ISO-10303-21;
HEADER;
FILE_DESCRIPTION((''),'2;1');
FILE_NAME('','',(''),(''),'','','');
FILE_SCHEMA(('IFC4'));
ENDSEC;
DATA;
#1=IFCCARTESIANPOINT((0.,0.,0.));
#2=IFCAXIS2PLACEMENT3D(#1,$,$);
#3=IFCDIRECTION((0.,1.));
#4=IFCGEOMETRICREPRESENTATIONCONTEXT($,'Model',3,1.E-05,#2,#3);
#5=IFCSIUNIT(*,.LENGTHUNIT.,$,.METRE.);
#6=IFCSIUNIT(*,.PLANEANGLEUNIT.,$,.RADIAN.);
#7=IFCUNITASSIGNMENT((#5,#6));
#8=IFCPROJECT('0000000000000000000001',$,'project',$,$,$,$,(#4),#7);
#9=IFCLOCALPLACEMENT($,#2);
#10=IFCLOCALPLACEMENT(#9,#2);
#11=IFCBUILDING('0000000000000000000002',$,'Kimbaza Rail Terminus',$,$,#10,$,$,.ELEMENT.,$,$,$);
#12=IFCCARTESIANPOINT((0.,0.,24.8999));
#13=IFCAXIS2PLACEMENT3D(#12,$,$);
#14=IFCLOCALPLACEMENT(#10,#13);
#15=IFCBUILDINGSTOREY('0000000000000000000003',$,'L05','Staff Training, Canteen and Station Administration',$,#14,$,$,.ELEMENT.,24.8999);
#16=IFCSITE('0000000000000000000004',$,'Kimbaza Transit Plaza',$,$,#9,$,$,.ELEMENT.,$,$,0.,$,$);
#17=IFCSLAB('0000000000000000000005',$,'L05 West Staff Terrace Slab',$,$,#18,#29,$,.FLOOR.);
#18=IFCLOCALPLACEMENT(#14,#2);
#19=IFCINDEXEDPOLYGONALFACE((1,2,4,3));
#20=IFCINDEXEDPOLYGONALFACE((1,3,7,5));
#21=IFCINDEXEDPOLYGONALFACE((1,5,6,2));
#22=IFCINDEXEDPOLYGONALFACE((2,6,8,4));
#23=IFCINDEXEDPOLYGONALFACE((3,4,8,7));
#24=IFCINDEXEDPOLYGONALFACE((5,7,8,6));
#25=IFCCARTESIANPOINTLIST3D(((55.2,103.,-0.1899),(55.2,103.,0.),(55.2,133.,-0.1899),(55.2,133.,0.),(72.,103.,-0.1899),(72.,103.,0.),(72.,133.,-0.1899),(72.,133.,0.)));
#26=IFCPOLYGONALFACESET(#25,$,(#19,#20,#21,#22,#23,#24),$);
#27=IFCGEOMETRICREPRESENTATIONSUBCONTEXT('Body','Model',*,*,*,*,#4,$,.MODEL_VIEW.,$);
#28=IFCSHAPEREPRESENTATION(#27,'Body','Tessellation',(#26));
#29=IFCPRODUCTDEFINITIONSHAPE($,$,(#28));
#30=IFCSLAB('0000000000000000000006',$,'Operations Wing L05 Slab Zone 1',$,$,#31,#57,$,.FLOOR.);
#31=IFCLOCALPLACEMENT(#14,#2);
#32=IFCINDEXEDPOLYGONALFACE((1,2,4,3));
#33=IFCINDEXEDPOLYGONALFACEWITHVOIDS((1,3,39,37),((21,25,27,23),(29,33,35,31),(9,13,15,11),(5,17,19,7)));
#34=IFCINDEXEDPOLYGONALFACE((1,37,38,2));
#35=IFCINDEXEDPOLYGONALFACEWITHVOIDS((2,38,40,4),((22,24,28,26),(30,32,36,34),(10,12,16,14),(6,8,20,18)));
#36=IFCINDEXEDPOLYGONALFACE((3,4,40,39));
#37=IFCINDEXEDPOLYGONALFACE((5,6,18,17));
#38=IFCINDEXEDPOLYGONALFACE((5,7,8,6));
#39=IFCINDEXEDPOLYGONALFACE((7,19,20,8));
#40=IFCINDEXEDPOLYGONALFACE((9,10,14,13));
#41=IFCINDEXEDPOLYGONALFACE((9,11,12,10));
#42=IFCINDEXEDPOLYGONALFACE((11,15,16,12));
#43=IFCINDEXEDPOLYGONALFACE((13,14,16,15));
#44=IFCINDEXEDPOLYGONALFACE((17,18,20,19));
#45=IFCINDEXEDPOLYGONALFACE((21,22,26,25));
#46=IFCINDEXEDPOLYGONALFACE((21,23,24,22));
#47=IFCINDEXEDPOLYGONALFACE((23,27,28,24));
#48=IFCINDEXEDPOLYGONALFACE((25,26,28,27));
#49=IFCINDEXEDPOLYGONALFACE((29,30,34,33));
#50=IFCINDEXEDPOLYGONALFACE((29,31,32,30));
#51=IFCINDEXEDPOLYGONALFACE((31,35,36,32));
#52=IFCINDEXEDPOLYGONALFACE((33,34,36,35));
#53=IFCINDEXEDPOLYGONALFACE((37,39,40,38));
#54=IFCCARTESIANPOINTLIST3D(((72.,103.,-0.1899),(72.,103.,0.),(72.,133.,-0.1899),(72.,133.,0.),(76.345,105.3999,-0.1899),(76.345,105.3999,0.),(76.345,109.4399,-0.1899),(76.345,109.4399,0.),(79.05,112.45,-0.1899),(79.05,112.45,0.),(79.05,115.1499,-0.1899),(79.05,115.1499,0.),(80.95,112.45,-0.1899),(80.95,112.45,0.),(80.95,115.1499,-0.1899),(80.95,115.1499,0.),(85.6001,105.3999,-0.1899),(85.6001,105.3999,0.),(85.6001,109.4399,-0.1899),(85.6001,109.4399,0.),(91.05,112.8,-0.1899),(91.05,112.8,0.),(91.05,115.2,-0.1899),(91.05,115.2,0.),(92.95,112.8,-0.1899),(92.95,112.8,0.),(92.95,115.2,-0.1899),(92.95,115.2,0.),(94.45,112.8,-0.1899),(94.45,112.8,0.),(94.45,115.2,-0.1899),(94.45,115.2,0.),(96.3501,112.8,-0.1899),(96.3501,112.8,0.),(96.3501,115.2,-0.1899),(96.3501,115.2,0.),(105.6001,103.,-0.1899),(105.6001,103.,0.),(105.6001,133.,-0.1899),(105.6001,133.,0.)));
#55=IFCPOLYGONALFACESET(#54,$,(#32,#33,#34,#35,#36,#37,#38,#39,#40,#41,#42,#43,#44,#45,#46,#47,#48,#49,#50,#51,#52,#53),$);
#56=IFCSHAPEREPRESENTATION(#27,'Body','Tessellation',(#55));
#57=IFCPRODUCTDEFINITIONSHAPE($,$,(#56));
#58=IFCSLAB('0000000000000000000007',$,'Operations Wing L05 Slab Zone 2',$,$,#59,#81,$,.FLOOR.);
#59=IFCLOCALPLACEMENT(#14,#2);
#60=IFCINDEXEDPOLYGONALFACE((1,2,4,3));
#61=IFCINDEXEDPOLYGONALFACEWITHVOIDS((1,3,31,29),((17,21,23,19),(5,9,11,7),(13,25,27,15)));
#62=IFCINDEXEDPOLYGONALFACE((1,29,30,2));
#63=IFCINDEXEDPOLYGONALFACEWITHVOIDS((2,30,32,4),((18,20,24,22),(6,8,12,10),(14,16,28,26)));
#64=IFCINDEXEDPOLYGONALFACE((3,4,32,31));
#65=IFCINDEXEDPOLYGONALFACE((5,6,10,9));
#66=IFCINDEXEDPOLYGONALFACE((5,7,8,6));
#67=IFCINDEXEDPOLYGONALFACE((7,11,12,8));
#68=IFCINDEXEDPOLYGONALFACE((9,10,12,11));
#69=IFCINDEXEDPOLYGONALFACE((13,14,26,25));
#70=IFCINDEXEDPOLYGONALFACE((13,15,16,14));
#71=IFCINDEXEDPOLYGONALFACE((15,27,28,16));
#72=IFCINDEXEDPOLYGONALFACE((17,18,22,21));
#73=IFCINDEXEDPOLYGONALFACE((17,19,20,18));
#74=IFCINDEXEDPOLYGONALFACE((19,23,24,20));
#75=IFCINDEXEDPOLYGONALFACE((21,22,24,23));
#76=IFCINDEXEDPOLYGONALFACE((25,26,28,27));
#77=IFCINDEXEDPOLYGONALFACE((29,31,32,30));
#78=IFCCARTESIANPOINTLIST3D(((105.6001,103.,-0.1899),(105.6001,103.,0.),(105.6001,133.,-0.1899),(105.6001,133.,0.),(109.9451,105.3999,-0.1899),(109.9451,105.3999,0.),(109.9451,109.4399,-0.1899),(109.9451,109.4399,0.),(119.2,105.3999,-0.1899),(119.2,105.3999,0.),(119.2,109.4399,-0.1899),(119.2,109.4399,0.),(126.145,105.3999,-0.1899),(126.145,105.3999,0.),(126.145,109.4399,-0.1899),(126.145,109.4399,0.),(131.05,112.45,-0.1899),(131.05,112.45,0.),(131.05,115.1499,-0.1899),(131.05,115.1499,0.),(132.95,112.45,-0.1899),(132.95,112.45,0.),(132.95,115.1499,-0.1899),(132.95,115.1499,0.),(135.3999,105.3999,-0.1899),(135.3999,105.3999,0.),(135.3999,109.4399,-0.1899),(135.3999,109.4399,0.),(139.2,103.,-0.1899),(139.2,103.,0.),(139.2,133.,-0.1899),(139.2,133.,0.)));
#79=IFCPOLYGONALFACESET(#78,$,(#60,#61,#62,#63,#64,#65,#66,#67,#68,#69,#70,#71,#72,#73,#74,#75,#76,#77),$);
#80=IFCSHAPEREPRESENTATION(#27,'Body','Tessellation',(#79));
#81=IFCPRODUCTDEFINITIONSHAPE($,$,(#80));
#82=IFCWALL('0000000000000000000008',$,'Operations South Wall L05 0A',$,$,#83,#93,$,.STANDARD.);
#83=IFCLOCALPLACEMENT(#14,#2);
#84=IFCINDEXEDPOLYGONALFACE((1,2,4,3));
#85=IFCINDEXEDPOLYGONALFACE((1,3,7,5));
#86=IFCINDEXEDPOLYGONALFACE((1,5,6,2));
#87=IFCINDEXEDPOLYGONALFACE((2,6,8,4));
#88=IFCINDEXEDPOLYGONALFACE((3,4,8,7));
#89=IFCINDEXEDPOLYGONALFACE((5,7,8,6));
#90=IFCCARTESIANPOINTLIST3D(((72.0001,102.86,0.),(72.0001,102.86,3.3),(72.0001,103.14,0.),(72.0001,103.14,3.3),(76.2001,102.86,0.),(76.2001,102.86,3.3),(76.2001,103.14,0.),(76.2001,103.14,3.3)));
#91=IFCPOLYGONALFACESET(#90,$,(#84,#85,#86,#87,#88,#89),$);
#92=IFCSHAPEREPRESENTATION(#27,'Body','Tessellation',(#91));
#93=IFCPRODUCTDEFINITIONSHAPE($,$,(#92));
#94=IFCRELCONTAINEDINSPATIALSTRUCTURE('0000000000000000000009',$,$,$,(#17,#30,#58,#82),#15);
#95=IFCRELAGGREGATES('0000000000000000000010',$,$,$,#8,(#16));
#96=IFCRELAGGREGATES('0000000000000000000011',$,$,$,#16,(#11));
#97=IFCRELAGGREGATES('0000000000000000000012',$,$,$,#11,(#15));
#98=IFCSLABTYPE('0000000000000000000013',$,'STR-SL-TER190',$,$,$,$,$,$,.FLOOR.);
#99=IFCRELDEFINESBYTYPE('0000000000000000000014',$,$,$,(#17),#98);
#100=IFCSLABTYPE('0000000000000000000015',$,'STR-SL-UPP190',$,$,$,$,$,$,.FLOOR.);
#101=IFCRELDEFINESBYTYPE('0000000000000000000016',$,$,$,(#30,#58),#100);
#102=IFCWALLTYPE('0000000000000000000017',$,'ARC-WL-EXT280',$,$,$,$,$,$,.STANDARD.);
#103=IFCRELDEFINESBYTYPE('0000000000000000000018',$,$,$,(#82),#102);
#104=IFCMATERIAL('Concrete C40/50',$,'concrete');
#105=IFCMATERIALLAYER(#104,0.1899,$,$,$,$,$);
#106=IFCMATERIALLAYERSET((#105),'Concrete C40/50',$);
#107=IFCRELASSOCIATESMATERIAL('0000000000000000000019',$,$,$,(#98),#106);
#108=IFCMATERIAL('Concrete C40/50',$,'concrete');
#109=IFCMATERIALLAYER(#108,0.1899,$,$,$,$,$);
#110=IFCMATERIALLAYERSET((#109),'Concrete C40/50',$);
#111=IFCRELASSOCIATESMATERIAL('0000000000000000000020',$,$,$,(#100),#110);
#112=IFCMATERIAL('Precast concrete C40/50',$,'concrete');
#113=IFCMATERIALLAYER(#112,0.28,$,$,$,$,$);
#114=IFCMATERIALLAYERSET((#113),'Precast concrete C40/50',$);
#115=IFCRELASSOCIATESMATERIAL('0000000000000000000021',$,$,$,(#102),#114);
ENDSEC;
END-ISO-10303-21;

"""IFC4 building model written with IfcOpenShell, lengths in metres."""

from ifc_helpers import new_model, si_unit, direction, frame, frame_2d, origin, place, context, subcontext, project, spatial, polyline, rectangle, outline, extrude, material, layer, layer_set, type_object, element, save


model = new_model("IFC4")

# Units and contexts
model_context = context("Model", 3, precision=1e-05, world=origin(), true_north=direction((0.0, 1.0)))
body_context = subcontext(model_context, "Body", "Model", "MODEL_VIEW")
ifc_project = project(units=[si_unit("LENGTHUNIT", "METRE"), si_unit("PLANEANGLEUNIT", "RADIAN")], contexts=[model_context])

# Site, building, storey
site_placement = place(None, origin())
site = spatial("IfcSite", under=ifc_project, at=site_placement, Name="Kimbaza Transit Plaza", CompositionType="ELEMENT", RefElevation=0.0)
building_placement = place(site_placement, origin())
building = spatial("IfcBuilding", under=site, at=building_placement, Name="Kimbaza Rail Terminus", CompositionType="ELEMENT")
storey_placement = place(building_placement, frame((0.0, 0.0, 24.8999)))
storey = spatial("IfcBuildingStorey", under=building, at=storey_placement, Name="L05", Description="Staff Training, Canteen and Station Administration", CompositionType="ELEMENT", Elevation=24.8999)

# Slabs
ifc_material_1 = material(Name="Concrete C40/50", Category="concrete")
ifc_layer_1 = layer(ifc_material_1, 0.1899)
ifc_layer_set_1 = layer_set([ifc_layer_1], Name="Concrete C40/50")
slab_type_1 = type_object("IfcSlabType", Name="STR-SL-TER190", PredefinedType="FLOOR", material=ifc_layer_set_1)
slab_1_placement = place(storey_placement, frame((0.0, 0.0, -0.1899)))
element("IfcSlab", 1, at=slab_1_placement, inside=storey, type_object=slab_type_1, Name="L05 West Staff Terrace Slab", PredefinedType="FLOOR", context=body_context, shape_type="SweptSolid", body=[
    extrude(outline(polyline([(55.2, 103.0), (72.0, 103.0), (72.0, 133.0), (55.2, 133.0), (55.2, 103.0)])), origin(), (0.0, 0.0, 1.0), 0.1899),
])
ifc_material_2 = material(Name="Concrete C40/50", Category="concrete")
ifc_layer_2 = layer(ifc_material_2, 0.1899)
ifc_layer_set_2 = layer_set([ifc_layer_2], Name="Concrete C40/50")
slab_type_2 = type_object("IfcSlabType", Name="STR-SL-UPP190", PredefinedType="FLOOR", material=ifc_layer_set_2)
slab_2_placement = place(storey_placement, frame((0.0, 0.0, -0.1899)))
element("IfcSlab", 2, at=slab_2_placement, inside=storey, type_object=slab_type_2, Name="Operations Wing L05 Slab Zone 1", PredefinedType="FLOOR", context=body_context, shape_type="SweptSolid", body=[
    extrude(outline(polyline([(72.0, 103.0), (105.6001, 103.0), (105.6001, 133.0), (72.0, 133.0), (72.0, 103.0)]), holes=[polyline([(76.345, 105.3999), (85.6001, 105.3999), (85.6001, 109.4399), (76.345, 109.4399), (76.345, 105.3999)]), polyline([(91.05, 112.8), (92.95, 112.8), (92.95, 115.2), (91.05, 115.2), (91.05, 112.8)]), polyline([(94.45, 112.8), (96.3501, 112.8), (96.3501, 115.2), (94.45, 115.2), (94.45, 112.8)]), polyline([(79.05, 112.45), (80.95, 112.45), (80.95, 115.1499), (79.05, 115.1499), (79.05, 112.45)])]), origin(), (0.0, 0.0, 1.0), 0.1899),
])
slab_3_placement = place(storey_placement, frame((0.0, 0.0, -0.1899)))
element("IfcSlab", 3, at=slab_3_placement, inside=storey, type_object=slab_type_2, Name="Operations Wing L05 Slab Zone 2", PredefinedType="FLOOR", context=body_context, shape_type="SweptSolid", body=[
    extrude(outline(polyline([(105.6001, 103.0), (139.2, 103.0), (139.2, 133.0), (105.6001, 133.0), (105.6001, 103.0)]), holes=[polyline([(109.9451, 105.3999), (119.2, 105.3999), (119.2, 109.4399), (109.9451, 109.4399), (109.9451, 105.3999)]), polyline([(126.145, 105.3999), (135.3999, 105.3999), (135.3999, 109.4399), (126.145, 109.4399), (126.145, 105.3999)]), polyline([(131.05, 112.45), (132.95, 112.45), (132.95, 115.1499), (131.05, 115.1499), (131.05, 112.45)])]), origin(), (0.0, 0.0, 1.0), 0.1899),
])

# Wall
ifc_material_3 = material(Name="Precast concrete C40/50", Category="concrete")
ifc_layer_3 = layer(ifc_material_3, 0.28)
ifc_layer_set_3 = layer_set([ifc_layer_3], Name="Precast concrete C40/50")
wall_type = type_object("IfcWallType", Name="ARC-WL-EXT280", PredefinedType="STANDARD", material=ifc_layer_set_3)
wall_placement = place(storey_placement, frame((72.0, 103.0, 0.0), z_axis=(0.0, 0.0, 1.0), x_axis=(1.0, 0.0, 0.0)))
element("IfcWall", 4, at=wall_placement, inside=storey, type_object=wall_type, Name="Operations South Wall L05 0A", PredefinedType="STANDARD", context=body_context, shape_type="SweptSolid", body=[
    extrude(rectangle(XDim=4.2, YDim=0.28, at=frame_2d((2.1001, 0.0))), origin(), (0.0, 0.0, 1.0), 3.3),
])

save(model, "model.ifc")
